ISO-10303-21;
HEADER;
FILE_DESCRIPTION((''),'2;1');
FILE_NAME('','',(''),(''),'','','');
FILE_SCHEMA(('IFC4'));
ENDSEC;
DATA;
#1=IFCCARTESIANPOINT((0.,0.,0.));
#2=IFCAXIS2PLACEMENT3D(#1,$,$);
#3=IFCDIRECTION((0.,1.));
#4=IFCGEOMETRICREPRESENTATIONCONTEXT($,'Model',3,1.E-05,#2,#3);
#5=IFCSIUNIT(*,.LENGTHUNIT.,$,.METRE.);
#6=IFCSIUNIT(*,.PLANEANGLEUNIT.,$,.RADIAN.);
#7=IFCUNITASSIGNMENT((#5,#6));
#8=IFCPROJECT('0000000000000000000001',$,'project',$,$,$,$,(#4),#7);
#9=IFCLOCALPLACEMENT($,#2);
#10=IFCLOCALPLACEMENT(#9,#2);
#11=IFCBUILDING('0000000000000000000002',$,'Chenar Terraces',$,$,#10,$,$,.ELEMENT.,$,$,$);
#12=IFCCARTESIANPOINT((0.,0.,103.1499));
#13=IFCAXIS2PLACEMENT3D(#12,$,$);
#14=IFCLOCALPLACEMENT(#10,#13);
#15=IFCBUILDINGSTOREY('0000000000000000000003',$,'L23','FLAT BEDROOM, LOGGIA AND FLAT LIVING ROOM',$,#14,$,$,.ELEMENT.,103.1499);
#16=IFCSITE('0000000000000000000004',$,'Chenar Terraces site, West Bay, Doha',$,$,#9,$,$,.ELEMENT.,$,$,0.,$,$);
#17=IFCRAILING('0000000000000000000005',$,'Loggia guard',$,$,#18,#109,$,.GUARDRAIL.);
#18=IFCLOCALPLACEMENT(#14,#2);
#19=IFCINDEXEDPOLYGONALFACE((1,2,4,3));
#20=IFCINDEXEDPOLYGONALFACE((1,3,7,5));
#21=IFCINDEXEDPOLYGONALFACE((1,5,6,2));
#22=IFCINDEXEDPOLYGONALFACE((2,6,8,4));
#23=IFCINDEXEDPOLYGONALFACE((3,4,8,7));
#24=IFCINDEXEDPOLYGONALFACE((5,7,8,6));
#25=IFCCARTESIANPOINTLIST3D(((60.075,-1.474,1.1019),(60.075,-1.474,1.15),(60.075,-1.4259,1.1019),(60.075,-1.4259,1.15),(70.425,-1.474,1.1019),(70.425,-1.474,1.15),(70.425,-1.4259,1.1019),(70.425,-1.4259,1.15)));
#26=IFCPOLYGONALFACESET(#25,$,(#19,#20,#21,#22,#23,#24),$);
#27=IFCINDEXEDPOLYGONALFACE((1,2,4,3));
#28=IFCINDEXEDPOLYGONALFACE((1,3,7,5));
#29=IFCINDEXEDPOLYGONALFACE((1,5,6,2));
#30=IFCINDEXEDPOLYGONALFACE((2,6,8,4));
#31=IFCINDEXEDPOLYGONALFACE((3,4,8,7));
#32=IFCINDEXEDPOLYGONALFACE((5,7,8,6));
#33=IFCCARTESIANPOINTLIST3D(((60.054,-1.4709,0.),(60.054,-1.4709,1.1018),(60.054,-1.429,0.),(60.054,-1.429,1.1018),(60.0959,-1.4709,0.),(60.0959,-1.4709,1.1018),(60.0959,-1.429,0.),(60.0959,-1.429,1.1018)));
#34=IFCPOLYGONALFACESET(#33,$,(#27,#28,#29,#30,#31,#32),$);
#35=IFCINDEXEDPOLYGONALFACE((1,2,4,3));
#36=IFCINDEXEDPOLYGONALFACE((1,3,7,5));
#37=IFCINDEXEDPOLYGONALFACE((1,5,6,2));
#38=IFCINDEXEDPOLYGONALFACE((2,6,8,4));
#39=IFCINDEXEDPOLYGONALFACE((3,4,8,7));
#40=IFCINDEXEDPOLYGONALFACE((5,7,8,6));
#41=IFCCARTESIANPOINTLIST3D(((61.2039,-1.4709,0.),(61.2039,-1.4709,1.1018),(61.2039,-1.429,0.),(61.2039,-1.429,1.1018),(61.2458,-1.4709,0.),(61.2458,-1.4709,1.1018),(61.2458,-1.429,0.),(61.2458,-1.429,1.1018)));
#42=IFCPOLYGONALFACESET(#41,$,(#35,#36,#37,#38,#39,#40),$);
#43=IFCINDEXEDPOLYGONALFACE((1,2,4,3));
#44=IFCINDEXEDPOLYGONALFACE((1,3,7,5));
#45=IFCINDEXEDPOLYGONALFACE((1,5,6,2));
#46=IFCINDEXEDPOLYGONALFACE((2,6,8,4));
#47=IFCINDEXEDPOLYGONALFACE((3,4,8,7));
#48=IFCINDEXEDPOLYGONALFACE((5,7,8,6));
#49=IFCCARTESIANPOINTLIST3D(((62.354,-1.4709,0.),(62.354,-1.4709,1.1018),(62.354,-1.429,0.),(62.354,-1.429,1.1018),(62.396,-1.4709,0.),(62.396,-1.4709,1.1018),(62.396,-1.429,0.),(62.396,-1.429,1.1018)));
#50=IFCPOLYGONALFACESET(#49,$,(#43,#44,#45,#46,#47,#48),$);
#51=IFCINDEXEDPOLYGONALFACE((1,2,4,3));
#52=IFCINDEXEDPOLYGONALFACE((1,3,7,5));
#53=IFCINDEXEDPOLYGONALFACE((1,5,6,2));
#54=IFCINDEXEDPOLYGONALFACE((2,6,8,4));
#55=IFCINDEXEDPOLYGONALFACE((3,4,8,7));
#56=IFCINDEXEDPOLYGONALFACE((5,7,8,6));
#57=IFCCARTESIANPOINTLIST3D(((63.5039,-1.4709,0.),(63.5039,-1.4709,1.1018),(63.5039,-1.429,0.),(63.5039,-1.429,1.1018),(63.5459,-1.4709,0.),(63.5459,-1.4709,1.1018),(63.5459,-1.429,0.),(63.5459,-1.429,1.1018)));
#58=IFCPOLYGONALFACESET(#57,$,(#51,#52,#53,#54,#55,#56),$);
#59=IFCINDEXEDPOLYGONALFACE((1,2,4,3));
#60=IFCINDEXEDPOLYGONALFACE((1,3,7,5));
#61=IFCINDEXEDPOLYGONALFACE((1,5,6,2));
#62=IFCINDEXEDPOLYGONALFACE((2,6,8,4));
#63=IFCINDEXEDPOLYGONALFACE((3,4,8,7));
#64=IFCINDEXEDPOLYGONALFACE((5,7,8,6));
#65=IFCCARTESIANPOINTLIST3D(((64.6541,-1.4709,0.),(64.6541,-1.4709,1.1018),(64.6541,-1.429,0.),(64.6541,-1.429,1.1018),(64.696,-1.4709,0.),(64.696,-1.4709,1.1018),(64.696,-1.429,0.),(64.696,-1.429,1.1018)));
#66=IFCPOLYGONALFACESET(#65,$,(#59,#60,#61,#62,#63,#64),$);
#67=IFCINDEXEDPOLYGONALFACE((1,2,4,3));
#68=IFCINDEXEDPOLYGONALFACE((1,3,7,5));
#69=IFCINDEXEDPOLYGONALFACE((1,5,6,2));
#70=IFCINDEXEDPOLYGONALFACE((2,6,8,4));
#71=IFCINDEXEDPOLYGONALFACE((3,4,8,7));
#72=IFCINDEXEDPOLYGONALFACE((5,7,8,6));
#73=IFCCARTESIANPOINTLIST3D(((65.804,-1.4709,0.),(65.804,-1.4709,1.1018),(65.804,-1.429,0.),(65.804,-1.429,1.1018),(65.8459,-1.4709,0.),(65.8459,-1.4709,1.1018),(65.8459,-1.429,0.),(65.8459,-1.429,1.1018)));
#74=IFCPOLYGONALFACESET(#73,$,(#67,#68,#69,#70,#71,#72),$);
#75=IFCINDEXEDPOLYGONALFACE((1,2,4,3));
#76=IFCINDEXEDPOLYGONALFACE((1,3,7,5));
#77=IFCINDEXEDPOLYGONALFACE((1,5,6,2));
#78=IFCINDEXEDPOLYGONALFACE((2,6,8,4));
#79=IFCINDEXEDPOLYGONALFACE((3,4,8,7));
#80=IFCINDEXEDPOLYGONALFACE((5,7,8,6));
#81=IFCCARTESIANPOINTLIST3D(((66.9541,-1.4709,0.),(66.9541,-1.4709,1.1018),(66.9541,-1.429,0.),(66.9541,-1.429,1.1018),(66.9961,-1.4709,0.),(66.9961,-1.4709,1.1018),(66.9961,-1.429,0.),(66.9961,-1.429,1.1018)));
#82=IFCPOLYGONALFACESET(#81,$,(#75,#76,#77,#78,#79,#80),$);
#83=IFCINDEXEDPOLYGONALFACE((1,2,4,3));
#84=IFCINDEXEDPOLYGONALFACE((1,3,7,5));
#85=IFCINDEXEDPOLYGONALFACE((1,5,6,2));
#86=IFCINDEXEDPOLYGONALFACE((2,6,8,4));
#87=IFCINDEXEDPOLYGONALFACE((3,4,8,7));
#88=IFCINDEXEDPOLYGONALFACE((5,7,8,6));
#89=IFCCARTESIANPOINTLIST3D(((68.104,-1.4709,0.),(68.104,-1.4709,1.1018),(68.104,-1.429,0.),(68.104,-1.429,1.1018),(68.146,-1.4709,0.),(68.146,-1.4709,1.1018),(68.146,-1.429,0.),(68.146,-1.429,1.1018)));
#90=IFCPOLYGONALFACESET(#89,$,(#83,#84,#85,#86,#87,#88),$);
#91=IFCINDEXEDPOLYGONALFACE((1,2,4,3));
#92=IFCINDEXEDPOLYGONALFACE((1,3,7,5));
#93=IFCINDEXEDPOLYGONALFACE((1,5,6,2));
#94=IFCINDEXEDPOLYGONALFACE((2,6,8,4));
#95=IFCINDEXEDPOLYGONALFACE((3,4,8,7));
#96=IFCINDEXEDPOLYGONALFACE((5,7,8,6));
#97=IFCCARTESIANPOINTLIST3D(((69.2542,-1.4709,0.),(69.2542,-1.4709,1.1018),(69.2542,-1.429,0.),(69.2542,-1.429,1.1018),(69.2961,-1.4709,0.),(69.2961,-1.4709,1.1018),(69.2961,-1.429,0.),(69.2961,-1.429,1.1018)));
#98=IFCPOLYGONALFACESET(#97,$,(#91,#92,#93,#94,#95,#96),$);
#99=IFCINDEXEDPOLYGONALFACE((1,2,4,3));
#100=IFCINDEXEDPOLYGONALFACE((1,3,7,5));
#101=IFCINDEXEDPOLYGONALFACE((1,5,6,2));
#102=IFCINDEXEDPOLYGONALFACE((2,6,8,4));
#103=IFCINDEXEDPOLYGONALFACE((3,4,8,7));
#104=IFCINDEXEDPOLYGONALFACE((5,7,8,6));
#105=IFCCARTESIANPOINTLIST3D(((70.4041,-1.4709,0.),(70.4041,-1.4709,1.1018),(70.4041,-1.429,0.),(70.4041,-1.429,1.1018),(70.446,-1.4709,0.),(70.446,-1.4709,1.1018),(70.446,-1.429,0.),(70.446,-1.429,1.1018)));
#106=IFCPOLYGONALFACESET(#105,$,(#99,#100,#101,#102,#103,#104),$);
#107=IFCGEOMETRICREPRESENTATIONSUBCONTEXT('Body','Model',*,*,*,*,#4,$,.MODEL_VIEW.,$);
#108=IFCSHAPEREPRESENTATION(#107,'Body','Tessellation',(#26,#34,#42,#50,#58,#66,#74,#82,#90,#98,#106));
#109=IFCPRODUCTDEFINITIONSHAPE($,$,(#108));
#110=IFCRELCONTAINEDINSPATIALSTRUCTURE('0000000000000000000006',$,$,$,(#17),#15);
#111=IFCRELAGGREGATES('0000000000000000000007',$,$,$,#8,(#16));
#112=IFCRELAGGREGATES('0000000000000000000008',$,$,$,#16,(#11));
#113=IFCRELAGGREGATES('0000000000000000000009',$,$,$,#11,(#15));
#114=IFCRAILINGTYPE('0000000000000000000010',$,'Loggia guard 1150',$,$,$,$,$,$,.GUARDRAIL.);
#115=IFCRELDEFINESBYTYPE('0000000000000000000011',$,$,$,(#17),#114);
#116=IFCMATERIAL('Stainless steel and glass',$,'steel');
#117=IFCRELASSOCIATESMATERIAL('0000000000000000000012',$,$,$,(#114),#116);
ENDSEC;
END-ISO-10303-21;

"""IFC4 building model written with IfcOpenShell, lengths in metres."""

from ifc_helpers import new_model, si_unit, direction, frame, origin, origin_2d, place, context, subcontext, project, spatial, rectangle, extrude, material, type_object, element, save


model = new_model("IFC4")

# Units and contexts
model_context = context("Model", 3, precision=1e-05, world=origin(), true_north=direction((0.0, 1.0)))
body_context = subcontext(model_context, "Body", "Model", "MODEL_VIEW")
ifc_project = project(units=[si_unit("LENGTHUNIT", "METRE"), si_unit("PLANEANGLEUNIT", "RADIAN")], contexts=[model_context])

# Site, building, storey
site_placement = place(None, origin())
site = spatial("IfcSite", under=ifc_project, at=site_placement, Name="Chenar Terraces site, West Bay, Doha", CompositionType="ELEMENT", RefElevation=0.0)
building_placement = place(site_placement, origin())
building = spatial("IfcBuilding", under=site, at=building_placement, Name="Chenar Terraces", CompositionType="ELEMENT")
storey_placement = place(building_placement, frame((0.0, 0.0, 103.1499)))
storey = spatial("IfcBuildingStorey", under=building, at=storey_placement, Name="L23", Description="FLAT BEDROOM, LOGGIA AND FLAT LIVING ROOM", CompositionType="ELEMENT", Elevation=103.1499)

# Railing
ifc_material_1 = material(Name="Stainless steel and glass", Category="steel")
railing_type = type_object("IfcRailingType", Name="Loggia guard 1150", PredefinedType="GUARDRAIL", material=ifc_material_1)
railing_placement = place(storey_placement, frame((60.075, -1.45, 0.0)))
element("IfcRailing", 1, at=railing_placement, inside=storey, type_object=railing_type, Name="Loggia guard", PredefinedType="GUARDRAIL", context=body_context, shape_type="SweptSolid", body=[
    extrude(rectangle(XDim=0.0481, YDim=0.0481, at=origin_2d()), frame((0.0, 0.0, 1.126), z_axis=(1.0, 0.0, 0.0), x_axis=(0.0, 1.0, 0.0)), (0.0, 0.0, 1.0), 10.3501),
    extrude(rectangle(XDim=0.042, YDim=0.042, at=origin_2d()), origin(), (0.0, 0.0, 1.0), 1.1018),
    extrude(rectangle(XDim=0.042, YDim=0.042, at=origin_2d()), frame((1.1499, 0.0, 0.0)), (0.0, 0.0, 1.0), 1.1018),
    extrude(rectangle(XDim=0.042, YDim=0.042, at=origin_2d()), frame((2.3, 0.0, 0.0)), (0.0, 0.0, 1.0), 1.1018),
    extrude(rectangle(XDim=0.042, YDim=0.042, at=origin_2d()), frame((3.45, 0.0, 0.0)), (0.0, 0.0, 1.0), 1.1018),
    extrude(rectangle(XDim=0.042, YDim=0.042, at=origin_2d()), frame((4.6001, 0.0, 0.0)), (0.0, 0.0, 1.0), 1.1018),
    extrude(rectangle(XDim=0.042, YDim=0.042, at=origin_2d()), frame((5.75, 0.0, 0.0)), (0.0, 0.0, 1.0), 1.1018),
    extrude(rectangle(XDim=0.042, YDim=0.042, at=origin_2d()), frame((6.9001, 0.0, 0.0)), (0.0, 0.0, 1.0), 1.1018),
    extrude(rectangle(XDim=0.042, YDim=0.042, at=origin_2d()), frame((8.05, 0.0, 0.0)), (0.0, 0.0, 1.0), 1.1018),
    extrude(rectangle(XDim=0.042, YDim=0.042, at=origin_2d()), frame((9.2002, 0.0, 0.0)), (0.0, 0.0, 1.0), 1.1018),
    extrude(rectangle(XDim=0.042, YDim=0.042, at=origin_2d()), frame((10.3501, 0.0, 0.0)), (0.0, 0.0, 1.0), 1.1018),
])

save(model, "model.ifc")
